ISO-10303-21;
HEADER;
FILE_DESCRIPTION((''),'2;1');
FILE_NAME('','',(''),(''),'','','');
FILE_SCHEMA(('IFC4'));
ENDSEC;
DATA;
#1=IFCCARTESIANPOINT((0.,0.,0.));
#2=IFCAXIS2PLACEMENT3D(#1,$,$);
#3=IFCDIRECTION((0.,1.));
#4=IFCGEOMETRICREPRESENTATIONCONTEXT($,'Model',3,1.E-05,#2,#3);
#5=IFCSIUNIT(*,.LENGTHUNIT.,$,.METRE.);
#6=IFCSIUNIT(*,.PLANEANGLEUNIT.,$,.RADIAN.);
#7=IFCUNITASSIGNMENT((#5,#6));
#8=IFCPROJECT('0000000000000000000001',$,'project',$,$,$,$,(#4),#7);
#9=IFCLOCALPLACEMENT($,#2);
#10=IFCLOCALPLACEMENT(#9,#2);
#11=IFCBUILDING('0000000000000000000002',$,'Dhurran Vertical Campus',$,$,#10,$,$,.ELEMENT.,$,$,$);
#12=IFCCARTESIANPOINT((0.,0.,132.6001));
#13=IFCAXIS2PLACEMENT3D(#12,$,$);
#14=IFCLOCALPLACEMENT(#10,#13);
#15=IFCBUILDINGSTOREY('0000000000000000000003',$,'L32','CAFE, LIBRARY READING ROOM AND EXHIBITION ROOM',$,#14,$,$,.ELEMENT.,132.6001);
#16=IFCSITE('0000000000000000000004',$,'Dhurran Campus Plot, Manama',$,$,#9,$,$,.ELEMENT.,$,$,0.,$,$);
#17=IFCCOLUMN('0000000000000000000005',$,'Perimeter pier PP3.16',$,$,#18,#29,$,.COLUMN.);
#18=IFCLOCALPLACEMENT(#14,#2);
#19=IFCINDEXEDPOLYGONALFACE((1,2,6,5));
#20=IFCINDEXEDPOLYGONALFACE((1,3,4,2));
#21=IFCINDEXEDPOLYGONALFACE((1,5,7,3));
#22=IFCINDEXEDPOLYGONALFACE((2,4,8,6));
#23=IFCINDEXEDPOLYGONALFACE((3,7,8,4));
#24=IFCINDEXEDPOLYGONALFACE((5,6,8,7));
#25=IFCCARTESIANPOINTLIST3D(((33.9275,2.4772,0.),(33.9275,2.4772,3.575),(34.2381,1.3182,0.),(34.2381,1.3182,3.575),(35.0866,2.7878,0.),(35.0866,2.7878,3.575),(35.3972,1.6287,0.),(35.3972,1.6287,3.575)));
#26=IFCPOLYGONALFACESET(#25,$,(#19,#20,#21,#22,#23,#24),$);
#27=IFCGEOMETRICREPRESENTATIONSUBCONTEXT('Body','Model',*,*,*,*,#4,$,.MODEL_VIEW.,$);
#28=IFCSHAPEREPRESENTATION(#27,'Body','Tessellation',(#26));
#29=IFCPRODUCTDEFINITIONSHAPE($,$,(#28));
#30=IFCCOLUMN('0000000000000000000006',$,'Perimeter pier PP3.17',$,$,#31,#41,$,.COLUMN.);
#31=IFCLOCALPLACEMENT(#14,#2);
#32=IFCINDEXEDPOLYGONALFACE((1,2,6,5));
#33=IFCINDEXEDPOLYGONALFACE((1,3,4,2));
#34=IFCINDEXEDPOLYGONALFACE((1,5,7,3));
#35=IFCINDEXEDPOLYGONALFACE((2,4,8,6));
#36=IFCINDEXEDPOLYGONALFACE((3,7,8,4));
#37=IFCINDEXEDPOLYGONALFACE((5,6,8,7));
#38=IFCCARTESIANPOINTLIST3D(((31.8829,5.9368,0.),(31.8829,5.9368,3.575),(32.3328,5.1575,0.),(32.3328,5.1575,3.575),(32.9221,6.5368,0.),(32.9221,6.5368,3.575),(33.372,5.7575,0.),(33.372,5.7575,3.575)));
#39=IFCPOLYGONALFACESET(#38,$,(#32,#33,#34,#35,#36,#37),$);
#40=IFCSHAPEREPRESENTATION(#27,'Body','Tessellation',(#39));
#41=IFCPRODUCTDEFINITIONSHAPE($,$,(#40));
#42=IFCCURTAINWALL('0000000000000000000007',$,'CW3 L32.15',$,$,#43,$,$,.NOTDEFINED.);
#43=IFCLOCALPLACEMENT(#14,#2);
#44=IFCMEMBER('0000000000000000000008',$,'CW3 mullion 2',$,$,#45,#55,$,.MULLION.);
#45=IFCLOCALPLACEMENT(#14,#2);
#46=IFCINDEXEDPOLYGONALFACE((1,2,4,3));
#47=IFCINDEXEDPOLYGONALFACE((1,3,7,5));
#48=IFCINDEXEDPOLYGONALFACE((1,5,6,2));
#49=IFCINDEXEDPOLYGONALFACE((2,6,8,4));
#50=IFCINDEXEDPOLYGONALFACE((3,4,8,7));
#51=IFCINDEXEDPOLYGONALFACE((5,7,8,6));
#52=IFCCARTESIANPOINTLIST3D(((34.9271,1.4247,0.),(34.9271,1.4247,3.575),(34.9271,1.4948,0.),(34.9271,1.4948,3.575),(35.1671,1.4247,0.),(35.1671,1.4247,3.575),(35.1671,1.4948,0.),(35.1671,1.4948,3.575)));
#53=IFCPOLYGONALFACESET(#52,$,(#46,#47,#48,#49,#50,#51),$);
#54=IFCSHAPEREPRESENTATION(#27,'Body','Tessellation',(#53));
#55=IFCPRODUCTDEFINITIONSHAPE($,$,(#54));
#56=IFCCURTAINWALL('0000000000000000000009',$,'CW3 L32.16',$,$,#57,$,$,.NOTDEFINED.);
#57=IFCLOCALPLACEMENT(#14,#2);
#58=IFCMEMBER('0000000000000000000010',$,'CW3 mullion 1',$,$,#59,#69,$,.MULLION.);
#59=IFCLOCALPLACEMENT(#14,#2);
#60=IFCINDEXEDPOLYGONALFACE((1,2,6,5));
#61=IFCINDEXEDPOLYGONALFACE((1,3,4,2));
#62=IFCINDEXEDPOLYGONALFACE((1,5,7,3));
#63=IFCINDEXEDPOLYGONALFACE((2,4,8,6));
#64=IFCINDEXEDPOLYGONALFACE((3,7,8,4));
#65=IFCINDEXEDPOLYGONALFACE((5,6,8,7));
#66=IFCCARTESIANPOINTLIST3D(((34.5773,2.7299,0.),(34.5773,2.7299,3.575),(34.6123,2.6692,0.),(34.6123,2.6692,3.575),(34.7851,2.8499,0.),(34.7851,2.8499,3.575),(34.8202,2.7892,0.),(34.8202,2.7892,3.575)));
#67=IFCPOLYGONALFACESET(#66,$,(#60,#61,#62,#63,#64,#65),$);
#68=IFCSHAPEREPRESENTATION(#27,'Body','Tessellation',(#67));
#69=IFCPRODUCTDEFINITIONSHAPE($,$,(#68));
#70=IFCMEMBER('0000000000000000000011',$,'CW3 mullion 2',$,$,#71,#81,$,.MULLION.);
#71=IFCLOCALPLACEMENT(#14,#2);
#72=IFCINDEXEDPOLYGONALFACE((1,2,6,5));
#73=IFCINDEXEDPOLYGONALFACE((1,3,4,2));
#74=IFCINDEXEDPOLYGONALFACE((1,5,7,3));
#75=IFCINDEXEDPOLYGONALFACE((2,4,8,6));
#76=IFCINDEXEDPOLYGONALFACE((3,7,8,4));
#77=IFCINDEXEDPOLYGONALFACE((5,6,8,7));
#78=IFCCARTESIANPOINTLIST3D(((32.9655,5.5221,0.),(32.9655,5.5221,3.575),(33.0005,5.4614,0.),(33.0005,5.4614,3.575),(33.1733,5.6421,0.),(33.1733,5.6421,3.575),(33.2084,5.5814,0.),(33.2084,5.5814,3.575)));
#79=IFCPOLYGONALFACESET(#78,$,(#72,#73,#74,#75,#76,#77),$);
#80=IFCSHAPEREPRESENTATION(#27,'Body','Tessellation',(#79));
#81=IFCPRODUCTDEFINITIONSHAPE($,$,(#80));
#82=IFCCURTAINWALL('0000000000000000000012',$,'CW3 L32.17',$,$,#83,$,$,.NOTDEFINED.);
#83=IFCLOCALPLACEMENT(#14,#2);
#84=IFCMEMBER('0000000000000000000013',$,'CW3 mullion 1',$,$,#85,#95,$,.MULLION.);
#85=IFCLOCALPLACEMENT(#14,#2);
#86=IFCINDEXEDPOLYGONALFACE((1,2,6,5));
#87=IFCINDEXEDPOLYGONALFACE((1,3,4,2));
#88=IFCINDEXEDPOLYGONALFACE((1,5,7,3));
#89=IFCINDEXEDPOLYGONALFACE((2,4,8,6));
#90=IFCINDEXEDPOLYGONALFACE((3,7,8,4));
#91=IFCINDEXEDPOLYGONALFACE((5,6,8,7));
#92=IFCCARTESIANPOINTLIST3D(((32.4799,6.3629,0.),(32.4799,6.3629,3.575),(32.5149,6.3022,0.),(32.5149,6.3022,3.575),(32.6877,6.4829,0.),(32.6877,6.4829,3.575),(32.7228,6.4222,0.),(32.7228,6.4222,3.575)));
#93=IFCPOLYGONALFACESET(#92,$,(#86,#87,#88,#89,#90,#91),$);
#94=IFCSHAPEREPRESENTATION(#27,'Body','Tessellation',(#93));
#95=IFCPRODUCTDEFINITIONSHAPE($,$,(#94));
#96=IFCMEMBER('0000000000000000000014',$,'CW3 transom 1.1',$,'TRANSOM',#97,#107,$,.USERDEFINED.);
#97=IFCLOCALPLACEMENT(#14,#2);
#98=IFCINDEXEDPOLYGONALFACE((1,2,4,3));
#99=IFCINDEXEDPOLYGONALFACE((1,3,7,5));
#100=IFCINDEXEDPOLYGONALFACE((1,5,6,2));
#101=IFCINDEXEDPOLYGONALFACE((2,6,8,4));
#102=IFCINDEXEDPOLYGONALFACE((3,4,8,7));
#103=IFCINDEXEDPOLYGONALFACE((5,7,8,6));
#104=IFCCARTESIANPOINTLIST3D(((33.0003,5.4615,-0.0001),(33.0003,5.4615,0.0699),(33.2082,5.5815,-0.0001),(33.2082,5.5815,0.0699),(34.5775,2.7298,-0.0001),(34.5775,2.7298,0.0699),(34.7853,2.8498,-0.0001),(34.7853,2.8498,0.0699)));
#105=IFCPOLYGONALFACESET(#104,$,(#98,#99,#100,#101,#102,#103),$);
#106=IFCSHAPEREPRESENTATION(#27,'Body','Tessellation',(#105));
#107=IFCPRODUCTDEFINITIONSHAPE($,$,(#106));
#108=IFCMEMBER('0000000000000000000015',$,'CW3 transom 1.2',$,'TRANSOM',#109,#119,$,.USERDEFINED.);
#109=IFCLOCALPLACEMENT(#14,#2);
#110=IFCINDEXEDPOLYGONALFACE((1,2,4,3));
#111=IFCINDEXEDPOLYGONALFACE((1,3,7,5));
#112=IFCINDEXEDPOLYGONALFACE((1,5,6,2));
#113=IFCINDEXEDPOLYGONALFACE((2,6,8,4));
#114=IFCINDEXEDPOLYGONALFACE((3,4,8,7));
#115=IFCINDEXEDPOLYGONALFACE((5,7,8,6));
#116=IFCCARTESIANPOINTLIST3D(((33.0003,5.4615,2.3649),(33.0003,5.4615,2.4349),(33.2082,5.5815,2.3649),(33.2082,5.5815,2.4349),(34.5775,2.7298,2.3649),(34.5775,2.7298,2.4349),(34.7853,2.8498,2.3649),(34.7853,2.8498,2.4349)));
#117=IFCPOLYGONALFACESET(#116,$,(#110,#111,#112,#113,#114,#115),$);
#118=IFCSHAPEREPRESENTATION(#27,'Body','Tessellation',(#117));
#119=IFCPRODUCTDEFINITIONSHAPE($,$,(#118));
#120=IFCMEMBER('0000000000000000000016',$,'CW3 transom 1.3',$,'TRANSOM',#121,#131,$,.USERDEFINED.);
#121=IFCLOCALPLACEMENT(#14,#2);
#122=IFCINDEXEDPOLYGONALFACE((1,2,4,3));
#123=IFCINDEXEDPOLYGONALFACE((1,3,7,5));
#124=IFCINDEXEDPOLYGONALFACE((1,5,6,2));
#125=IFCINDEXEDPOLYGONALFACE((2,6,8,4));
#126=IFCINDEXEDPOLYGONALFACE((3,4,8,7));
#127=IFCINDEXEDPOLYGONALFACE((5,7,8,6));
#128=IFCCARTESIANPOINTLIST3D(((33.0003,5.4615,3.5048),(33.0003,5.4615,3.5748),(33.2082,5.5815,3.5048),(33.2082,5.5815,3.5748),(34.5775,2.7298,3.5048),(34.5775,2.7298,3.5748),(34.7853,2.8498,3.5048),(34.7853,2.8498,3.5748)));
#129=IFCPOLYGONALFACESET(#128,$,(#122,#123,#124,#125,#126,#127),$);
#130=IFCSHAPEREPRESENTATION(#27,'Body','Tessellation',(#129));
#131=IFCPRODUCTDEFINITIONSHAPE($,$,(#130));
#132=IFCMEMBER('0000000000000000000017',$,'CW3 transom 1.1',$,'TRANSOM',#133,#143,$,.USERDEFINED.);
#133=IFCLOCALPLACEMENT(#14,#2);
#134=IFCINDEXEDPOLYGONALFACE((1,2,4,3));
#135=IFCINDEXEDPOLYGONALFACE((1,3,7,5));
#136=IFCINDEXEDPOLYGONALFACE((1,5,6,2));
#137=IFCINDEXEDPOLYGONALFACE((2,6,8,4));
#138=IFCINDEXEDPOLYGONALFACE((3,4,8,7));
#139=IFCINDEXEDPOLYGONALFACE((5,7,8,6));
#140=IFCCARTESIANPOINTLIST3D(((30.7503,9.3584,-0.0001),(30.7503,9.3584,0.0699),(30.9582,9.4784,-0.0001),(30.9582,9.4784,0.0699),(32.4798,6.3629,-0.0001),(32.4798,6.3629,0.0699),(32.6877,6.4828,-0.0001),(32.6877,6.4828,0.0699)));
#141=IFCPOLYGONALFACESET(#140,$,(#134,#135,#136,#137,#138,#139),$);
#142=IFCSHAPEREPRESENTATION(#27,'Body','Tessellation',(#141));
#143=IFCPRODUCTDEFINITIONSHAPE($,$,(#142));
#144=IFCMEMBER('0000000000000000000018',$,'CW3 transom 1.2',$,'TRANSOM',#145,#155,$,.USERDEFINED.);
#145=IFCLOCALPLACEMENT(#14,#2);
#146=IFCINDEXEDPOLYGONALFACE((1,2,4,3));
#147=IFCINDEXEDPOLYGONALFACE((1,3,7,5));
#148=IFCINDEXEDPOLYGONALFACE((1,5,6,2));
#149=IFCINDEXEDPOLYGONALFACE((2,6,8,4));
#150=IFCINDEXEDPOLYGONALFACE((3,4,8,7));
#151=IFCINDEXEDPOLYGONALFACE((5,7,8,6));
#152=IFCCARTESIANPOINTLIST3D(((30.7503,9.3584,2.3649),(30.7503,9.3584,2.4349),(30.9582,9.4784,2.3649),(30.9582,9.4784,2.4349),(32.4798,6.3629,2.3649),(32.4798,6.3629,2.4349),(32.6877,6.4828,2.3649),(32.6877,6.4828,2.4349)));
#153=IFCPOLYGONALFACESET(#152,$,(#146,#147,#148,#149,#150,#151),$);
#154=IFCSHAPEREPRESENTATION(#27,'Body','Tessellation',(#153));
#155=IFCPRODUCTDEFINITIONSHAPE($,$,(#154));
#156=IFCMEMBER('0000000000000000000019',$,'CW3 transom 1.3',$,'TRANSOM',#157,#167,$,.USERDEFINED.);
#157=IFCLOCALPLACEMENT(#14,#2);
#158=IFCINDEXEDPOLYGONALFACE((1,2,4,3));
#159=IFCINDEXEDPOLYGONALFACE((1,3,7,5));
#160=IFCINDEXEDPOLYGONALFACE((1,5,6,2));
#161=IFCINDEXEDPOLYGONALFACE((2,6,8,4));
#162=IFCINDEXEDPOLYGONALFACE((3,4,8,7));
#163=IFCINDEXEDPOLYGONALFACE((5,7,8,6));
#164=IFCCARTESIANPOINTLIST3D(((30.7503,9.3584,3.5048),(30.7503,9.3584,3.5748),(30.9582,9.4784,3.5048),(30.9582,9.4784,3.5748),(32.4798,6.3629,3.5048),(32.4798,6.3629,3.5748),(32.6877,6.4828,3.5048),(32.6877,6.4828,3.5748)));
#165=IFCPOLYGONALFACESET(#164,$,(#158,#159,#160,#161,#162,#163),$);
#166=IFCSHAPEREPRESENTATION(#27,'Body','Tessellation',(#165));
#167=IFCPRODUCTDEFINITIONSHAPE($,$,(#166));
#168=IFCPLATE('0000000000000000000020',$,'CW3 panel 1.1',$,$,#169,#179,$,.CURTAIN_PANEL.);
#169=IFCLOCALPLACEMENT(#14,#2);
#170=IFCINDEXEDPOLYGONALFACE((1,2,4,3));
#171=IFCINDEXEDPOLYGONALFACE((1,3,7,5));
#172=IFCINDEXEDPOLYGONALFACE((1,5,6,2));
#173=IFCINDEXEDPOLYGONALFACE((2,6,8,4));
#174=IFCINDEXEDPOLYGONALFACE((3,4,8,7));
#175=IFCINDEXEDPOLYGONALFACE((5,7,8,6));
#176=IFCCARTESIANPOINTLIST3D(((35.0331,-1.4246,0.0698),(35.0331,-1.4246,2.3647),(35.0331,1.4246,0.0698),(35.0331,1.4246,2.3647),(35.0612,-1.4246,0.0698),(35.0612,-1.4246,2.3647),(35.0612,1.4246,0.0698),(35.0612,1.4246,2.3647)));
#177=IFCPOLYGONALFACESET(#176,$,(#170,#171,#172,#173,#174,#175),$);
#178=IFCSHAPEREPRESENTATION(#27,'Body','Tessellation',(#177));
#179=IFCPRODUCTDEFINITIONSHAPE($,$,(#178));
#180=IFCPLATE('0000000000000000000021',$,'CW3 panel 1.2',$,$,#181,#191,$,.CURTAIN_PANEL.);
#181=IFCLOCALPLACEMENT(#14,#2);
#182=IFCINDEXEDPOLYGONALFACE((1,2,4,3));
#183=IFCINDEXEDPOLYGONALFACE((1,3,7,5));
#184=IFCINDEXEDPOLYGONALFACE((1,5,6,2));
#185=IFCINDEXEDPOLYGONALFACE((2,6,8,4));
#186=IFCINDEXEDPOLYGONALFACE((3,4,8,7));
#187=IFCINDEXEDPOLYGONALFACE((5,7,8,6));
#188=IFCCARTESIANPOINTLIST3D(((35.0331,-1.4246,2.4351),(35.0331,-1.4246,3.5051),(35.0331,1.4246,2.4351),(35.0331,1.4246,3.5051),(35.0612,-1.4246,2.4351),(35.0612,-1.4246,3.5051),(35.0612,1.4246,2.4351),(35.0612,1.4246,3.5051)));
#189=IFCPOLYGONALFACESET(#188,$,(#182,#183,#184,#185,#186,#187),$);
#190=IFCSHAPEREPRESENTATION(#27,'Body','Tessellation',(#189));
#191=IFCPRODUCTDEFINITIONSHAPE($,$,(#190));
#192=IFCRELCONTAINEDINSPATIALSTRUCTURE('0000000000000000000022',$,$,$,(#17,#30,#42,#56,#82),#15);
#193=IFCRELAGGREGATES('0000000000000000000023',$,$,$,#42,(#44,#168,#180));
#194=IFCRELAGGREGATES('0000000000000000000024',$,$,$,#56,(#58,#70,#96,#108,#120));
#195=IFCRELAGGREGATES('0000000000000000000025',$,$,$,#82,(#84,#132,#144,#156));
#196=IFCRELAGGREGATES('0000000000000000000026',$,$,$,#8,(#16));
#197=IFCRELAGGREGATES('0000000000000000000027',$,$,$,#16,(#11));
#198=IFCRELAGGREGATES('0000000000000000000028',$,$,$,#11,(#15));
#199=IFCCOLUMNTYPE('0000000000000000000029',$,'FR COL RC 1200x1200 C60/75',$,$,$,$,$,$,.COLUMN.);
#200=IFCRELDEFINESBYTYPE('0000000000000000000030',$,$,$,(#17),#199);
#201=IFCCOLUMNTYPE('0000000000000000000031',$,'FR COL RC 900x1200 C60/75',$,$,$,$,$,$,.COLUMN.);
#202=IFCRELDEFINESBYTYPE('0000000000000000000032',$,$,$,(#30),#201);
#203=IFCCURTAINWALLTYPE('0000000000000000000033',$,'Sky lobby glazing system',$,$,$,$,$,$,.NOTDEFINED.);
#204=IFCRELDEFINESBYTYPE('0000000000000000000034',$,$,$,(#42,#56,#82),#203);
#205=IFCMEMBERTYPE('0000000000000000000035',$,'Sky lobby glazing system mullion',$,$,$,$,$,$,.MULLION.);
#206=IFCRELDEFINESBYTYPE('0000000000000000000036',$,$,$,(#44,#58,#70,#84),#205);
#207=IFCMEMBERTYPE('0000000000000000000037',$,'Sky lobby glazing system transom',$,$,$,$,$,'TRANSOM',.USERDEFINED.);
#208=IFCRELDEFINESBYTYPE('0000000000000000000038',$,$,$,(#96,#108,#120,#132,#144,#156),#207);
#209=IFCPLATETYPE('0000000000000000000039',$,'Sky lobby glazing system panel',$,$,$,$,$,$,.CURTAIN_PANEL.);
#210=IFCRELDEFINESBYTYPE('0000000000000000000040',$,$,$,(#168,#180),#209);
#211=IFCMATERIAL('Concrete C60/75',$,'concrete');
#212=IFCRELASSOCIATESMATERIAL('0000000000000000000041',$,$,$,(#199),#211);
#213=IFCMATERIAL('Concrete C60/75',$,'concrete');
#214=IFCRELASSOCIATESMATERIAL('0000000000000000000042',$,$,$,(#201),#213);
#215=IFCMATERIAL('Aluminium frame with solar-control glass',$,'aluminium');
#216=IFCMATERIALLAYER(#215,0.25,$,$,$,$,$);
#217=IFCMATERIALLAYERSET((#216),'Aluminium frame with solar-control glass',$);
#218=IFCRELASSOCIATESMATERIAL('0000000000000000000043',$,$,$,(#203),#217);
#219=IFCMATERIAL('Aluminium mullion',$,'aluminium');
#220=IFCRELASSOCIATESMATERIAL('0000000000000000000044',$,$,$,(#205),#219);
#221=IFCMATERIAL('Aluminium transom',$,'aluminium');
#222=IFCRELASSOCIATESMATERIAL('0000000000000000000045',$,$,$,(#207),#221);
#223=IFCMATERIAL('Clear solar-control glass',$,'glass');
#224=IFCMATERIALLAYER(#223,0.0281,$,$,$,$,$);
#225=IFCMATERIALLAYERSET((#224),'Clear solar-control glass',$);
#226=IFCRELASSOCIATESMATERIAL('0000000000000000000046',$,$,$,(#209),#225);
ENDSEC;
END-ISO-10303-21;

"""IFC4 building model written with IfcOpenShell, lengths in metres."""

from ifc_helpers import new_model, si_unit, direction, frame, origin, origin_2d, place, context, subcontext, project, spatial, rectangle, extrude, material, layer, layer_set, material_profile, profile_set, type_object, element, aggregate, save


model = new_model("IFC4")

# Units and contexts
model_context = context("Model", 3, precision=1e-05, world=origin(), true_north=direction((0.0, 1.0)))
body_context = subcontext(model_context, "Body", "Model", "MODEL_VIEW")
ifc_project = project(units=[si_unit("LENGTHUNIT", "METRE"), si_unit("PLANEANGLEUNIT", "RADIAN")], contexts=[model_context])

# Site, building, storey
site_placement = place(None, origin())
site = spatial("IfcSite", under=ifc_project, at=site_placement, Name="Dhurran Campus Plot, Manama", CompositionType="ELEMENT", RefElevation=0.0)
building_placement = place(site_placement, origin())
building = spatial("IfcBuilding", under=site, at=building_placement, Name="Dhurran Vertical Campus", CompositionType="ELEMENT")
storey_placement = place(building_placement, frame((0.0, 0.0, 132.6001)))
storey = spatial("IfcBuildingStorey", under=building, at=storey_placement, Name="L32", Description="CAFE, LIBRARY READING ROOM AND EXHIBITION ROOM", CompositionType="ELEMENT", Elevation=132.6001)

# Columns
ifc_material_1 = material(Name="Concrete C60/75", Category="concrete")
ifc_material_profile_1 = material_profile(ifc_material_1, rectangle(XDim=1.2, YDim=1.2, at=origin_2d()), Name="RC 1200x1200")
ifc_profile_set_1 = profile_set([ifc_material_profile_1], Name="Concrete C60/75")
column_type_1 = type_object("IfcColumnType", Name="FR COL RC 1200x1200 C60/75", PredefinedType="COLUMN", material=ifc_profile_set_1)
column_1_placement = place(storey_placement, frame((34.6624, 2.053, 0.0), z_axis=(0.0, 0.0, 1.0), x_axis=(-0.258819, 0.965926, 0.0)))
element("IfcColumn", 1, at=column_1_placement, inside=storey, type_object=column_type_1, Name="Perimeter pier PP3.16", PredefinedType="COLUMN", context=body_context, shape_type="SweptSolid", body=[
    extrude(rectangle(XDim=1.2, YDim=1.2, at=origin_2d()), origin(), (0.0, 0.0, 1.0), 3.575),
])
ifc_material_2 = material(Name="Concrete C60/75", Category="concrete")
ifc_material_profile_2 = material_profile(ifc_material_2, rectangle(XDim=0.8999, YDim=1.2, at=origin_2d()), Name="RC 900x1200")
ifc_profile_set_2 = profile_set([ifc_material_profile_2], Name="Concrete C60/75")
column_type_2 = type_object("IfcColumnType", Name="FR COL RC 900x1200 C60/75", PredefinedType="COLUMN", material=ifc_profile_set_2)
column_2_placement = place(storey_placement, frame((32.6274, 5.8472, 0.0), z_axis=(0.0, 0.0, 1.0), x_axis=(-0.5, 0.866025, 0.0)))
element("IfcColumn", 2, at=column_2_placement, inside=storey, type_object=column_type_2, Name="Perimeter pier PP3.17", PredefinedType="COLUMN", context=body_context, shape_type="SweptSolid", body=[
    extrude(rectangle(XDim=0.8999, YDim=1.2, at=origin_2d()), origin(), (0.0, 0.0, 1.0), 3.575),
])

# Curtain wall, member
ifc_material_3 = material(Name="Aluminium frame with solar-control glass", Category="aluminium")
ifc_layer_1 = layer(ifc_material_3, 0.25)
ifc_layer_set_1 = layer_set([ifc_layer_1], Name="Aluminium frame with solar-control glass")
curtain_wall_type = type_object("IfcCurtainWallType", Name="Sky lobby glazing system", PredefinedType="NOTDEFINED", material=ifc_layer_set_1)
curtain_wall_1_placement = place(storey_placement, origin())
curtain_wall_1 = element("IfcCurtainWall", 3, at=curtain_wall_1_placement, inside=storey, type_object=curtain_wall_type, Name="CW3 L32.15", PredefinedType="NOTDEFINED")
ifc_material_4 = material(Name="Aluminium mullion", Category="aluminium")
ifc_material_profile_3 = material_profile(ifc_material_4, rectangle(XDim=0.24, YDim=0.0701, at=origin_2d()), Name="Sky lobby glazing system mullion")
ifc_profile_set_3 = profile_set([ifc_material_profile_3], Name="Aluminium mullion")
member_type_1 = type_object("IfcMemberType", Name="Sky lobby glazing system mullion", PredefinedType="MULLION", material=ifc_profile_set_3)
member_1_placement = place(storey_placement, frame((35.0471, 1.4597, 0.0), z_axis=(0.0, 0.0, 1.0), x_axis=(-1.0, 0.0, 0.0)))
member_1 = element("IfcMember", 4, at=member_1_placement, type_object=member_type_1, Name="CW3 mullion 2", PredefinedType="MULLION", context=body_context, shape_type="SweptSolid", body=[
    extrude(rectangle(XDim=0.24, YDim=0.0701, at=origin_2d()), origin(), (0.0, 0.0, 1.0), 3.575),
])

# Curtain wall, members
curtain_wall_2_placement = place(storey_placement, origin())
curtain_wall_2 = element("IfcCurtainWall", 5, at=curtain_wall_2_placement, inside=storey, type_object=curtain_wall_type, Name="CW3 L32.16", PredefinedType="NOTDEFINED")
member_2_placement = place(storey_placement, frame((34.6987, 2.7595, 0.0), z_axis=(0.0, 0.0, 1.0), x_axis=(-0.866034, -0.499985, 0.0)))
member_2 = element("IfcMember", 6, at=member_2_placement, type_object=member_type_1, Name="CW3 mullion 1", PredefinedType="MULLION", context=body_context, shape_type="SweptSolid", body=[
    extrude(rectangle(XDim=0.24, YDim=0.0701, at=origin_2d()), origin(), (0.0, 0.0, 1.0), 3.575),
])
member_3_placement = place(storey_placement, frame((33.0869, 5.5518, 0.0), z_axis=(0.0, 0.0, 1.0), x_axis=(-0.866034, -0.499985, 0.0)))
member_3 = element("IfcMember", 7, at=member_3_placement, type_object=member_type_1, Name="CW3 mullion 2", PredefinedType="MULLION", context=body_context, shape_type="SweptSolid", body=[
    extrude(rectangle(XDim=0.24, YDim=0.0701, at=origin_2d()), origin(), (0.0, 0.0, 1.0), 3.575),
])

# Curtain wall, member
curtain_wall_3_placement = place(storey_placement, origin())
curtain_wall_3 = element("IfcCurtainWall", 8, at=curtain_wall_3_placement, inside=storey, type_object=curtain_wall_type, Name="CW3 L32.17", PredefinedType="NOTDEFINED")
member_4_placement = place(storey_placement, frame((32.6013, 6.3926, 0.0), z_axis=(0.0, 0.0, 1.0), x_axis=(-0.866024, -0.500003, 0.0)))
member_4 = element("IfcMember", 9, at=member_4_placement, type_object=member_type_1, Name="CW3 mullion 1", PredefinedType="MULLION", context=body_context, shape_type="SweptSolid", body=[
    extrude(rectangle(XDim=0.24, YDim=0.0701, at=origin_2d()), origin(), (0.0, 0.0, 1.0), 3.575),
])

# Members
ifc_material_5 = material(Name="Aluminium transom", Category="aluminium")
ifc_material_profile_4 = material_profile(ifc_material_5, rectangle(XDim=0.24, YDim=0.0701, at=origin_2d()), Name="Sky lobby glazing system transom")
ifc_profile_set_4 = profile_set([ifc_material_profile_4], Name="Aluminium transom")
member_type_2 = type_object("IfcMemberType", Name="Sky lobby glazing system transom", ElementType="TRANSOM", PredefinedType="USERDEFINED", material=ifc_profile_set_4)
member_5_placement = place(storey_placement, frame((34.6814, 2.7898, 0.0349), z_axis=(-0.500002, 0.866024, 0.0), x_axis=(-0.866024, -0.500002, 0.0)))
member_5 = element("IfcMember", 10, at=member_5_placement, type_object=member_type_2, Name="CW3 transom 1.1", ObjectType="TRANSOM", PredefinedType="USERDEFINED", context=body_context, shape_type="SweptSolid", body=[
    extrude(rectangle(XDim=0.24, YDim=0.0701, at=origin_2d()), origin(), (0.0, 0.0, 1.0), 3.1543),
])
member_6_placement = place(storey_placement, frame((34.6814, 2.7898, 2.3999), z_axis=(-0.500002, 0.866024, 0.0), x_axis=(-0.866024, -0.500002, 0.0)))
member_6 = element("IfcMember", 11, at=member_6_placement, type_object=member_type_2, Name="CW3 transom 1.2", ObjectType="TRANSOM", PredefinedType="USERDEFINED", context=body_context, shape_type="SweptSolid", body=[
    extrude(rectangle(XDim=0.24, YDim=0.0701, at=origin_2d()), origin(), (0.0, 0.0, 1.0), 3.1543),
])
member_7_placement = place(storey_placement, frame((34.6814, 2.7898, 3.5398), z_axis=(-0.500002, 0.866024, 0.0), x_axis=(-0.866024, -0.500002, 0.0)))
member_7 = element("IfcMember", 12, at=member_7_placement, type_object=member_type_2, Name="CW3 transom 1.3", ObjectType="TRANSOM", PredefinedType="USERDEFINED", context=body_context, shape_type="SweptSolid", body=[
    extrude(rectangle(XDim=0.24, YDim=0.0701, at=origin_2d()), origin(), (0.0, 0.0, 1.0), 3.1543),
])
member_8_placement = place(storey_placement, frame((32.5837, 6.4229, 0.0349), z_axis=(-0.499995, 0.866028, 0.0), x_axis=(-0.866028, -0.499995, 0.0)))
member_8 = element("IfcMember", 13, at=member_8_placement, type_object=member_type_2, Name="CW3 transom 1.1", ObjectType="TRANSOM", PredefinedType="USERDEFINED", context=body_context, shape_type="SweptSolid", body=[
    extrude(rectangle(XDim=0.24, YDim=0.0701, at=origin_2d()), origin(), (0.0, 0.0, 1.0), 3.459),
])
member_9_placement = place(storey_placement, frame((32.5837, 6.4229, 2.3999), z_axis=(-0.499995, 0.866028, 0.0), x_axis=(-0.866028, -0.499995, 0.0)))
member_9 = element("IfcMember", 14, at=member_9_placement, type_object=member_type_2, Name="CW3 transom 1.2", ObjectType="TRANSOM", PredefinedType="USERDEFINED", context=body_context, shape_type="SweptSolid", body=[
    extrude(rectangle(XDim=0.24, YDim=0.0701, at=origin_2d()), origin(), (0.0, 0.0, 1.0), 3.459),
])
member_10_placement = place(storey_placement, frame((32.5837, 6.4229, 3.5398), z_axis=(-0.499995, 0.866028, 0.0), x_axis=(-0.866028, -0.499995, 0.0)))
member_10 = element("IfcMember", 15, at=member_10_placement, type_object=member_type_2, Name="CW3 transom 1.3", ObjectType="TRANSOM", PredefinedType="USERDEFINED", context=body_context, shape_type="SweptSolid", body=[
    extrude(rectangle(XDim=0.24, YDim=0.0701, at=origin_2d()), origin(), (0.0, 0.0, 1.0), 3.459),
])

# Plates
ifc_material_6 = material(Name="Clear solar-control glass", Category="glass")
ifc_layer_2 = layer(ifc_material_6, 0.0281)
ifc_layer_set_2 = layer_set([ifc_layer_2], Name="Clear solar-control glass")
plate_type = type_object("IfcPlateType", Name="Sky lobby glazing system panel", PredefinedType="CURTAIN_PANEL", material=ifc_layer_set_2)
plate_1_placement = place(storey_placement, frame((35.0471, 0.0, 0.0698), z_axis=(0.0, 0.0, 1.0), x_axis=(0.0, 1.0, 0.0)))
plate_1 = element("IfcPlate", 16, at=plate_1_placement, type_object=plate_type, Name="CW3 panel 1.1", PredefinedType="CURTAIN_PANEL", context=body_context, shape_type="SweptSolid", body=[
    extrude(rectangle(XDim=2.8491, YDim=0.0281, at=origin_2d()), origin(), (0.0, 0.0, 1.0), 2.2949),
])
plate_2_placement = place(storey_placement, frame((35.0471, 0.0, 2.4351), z_axis=(0.0, 0.0, 1.0), x_axis=(0.0, 1.0, 0.0)))
plate_2 = element("IfcPlate", 17, at=plate_2_placement, type_object=plate_type, Name="CW3 panel 1.2", PredefinedType="CURTAIN_PANEL", context=body_context, shape_type="SweptSolid", body=[
    extrude(rectangle(XDim=2.8491, YDim=0.0281, at=origin_2d()), origin(), (0.0, 0.0, 1.0), 1.0701),
])
aggregate(curtain_wall_1, [member_1, plate_1, plate_2])
aggregate(curtain_wall_2, [member_2, member_3, member_5, member_6, member_7])
aggregate(curtain_wall_3, [member_4, member_8, member_9, member_10])

save(model, "model.ifc")
